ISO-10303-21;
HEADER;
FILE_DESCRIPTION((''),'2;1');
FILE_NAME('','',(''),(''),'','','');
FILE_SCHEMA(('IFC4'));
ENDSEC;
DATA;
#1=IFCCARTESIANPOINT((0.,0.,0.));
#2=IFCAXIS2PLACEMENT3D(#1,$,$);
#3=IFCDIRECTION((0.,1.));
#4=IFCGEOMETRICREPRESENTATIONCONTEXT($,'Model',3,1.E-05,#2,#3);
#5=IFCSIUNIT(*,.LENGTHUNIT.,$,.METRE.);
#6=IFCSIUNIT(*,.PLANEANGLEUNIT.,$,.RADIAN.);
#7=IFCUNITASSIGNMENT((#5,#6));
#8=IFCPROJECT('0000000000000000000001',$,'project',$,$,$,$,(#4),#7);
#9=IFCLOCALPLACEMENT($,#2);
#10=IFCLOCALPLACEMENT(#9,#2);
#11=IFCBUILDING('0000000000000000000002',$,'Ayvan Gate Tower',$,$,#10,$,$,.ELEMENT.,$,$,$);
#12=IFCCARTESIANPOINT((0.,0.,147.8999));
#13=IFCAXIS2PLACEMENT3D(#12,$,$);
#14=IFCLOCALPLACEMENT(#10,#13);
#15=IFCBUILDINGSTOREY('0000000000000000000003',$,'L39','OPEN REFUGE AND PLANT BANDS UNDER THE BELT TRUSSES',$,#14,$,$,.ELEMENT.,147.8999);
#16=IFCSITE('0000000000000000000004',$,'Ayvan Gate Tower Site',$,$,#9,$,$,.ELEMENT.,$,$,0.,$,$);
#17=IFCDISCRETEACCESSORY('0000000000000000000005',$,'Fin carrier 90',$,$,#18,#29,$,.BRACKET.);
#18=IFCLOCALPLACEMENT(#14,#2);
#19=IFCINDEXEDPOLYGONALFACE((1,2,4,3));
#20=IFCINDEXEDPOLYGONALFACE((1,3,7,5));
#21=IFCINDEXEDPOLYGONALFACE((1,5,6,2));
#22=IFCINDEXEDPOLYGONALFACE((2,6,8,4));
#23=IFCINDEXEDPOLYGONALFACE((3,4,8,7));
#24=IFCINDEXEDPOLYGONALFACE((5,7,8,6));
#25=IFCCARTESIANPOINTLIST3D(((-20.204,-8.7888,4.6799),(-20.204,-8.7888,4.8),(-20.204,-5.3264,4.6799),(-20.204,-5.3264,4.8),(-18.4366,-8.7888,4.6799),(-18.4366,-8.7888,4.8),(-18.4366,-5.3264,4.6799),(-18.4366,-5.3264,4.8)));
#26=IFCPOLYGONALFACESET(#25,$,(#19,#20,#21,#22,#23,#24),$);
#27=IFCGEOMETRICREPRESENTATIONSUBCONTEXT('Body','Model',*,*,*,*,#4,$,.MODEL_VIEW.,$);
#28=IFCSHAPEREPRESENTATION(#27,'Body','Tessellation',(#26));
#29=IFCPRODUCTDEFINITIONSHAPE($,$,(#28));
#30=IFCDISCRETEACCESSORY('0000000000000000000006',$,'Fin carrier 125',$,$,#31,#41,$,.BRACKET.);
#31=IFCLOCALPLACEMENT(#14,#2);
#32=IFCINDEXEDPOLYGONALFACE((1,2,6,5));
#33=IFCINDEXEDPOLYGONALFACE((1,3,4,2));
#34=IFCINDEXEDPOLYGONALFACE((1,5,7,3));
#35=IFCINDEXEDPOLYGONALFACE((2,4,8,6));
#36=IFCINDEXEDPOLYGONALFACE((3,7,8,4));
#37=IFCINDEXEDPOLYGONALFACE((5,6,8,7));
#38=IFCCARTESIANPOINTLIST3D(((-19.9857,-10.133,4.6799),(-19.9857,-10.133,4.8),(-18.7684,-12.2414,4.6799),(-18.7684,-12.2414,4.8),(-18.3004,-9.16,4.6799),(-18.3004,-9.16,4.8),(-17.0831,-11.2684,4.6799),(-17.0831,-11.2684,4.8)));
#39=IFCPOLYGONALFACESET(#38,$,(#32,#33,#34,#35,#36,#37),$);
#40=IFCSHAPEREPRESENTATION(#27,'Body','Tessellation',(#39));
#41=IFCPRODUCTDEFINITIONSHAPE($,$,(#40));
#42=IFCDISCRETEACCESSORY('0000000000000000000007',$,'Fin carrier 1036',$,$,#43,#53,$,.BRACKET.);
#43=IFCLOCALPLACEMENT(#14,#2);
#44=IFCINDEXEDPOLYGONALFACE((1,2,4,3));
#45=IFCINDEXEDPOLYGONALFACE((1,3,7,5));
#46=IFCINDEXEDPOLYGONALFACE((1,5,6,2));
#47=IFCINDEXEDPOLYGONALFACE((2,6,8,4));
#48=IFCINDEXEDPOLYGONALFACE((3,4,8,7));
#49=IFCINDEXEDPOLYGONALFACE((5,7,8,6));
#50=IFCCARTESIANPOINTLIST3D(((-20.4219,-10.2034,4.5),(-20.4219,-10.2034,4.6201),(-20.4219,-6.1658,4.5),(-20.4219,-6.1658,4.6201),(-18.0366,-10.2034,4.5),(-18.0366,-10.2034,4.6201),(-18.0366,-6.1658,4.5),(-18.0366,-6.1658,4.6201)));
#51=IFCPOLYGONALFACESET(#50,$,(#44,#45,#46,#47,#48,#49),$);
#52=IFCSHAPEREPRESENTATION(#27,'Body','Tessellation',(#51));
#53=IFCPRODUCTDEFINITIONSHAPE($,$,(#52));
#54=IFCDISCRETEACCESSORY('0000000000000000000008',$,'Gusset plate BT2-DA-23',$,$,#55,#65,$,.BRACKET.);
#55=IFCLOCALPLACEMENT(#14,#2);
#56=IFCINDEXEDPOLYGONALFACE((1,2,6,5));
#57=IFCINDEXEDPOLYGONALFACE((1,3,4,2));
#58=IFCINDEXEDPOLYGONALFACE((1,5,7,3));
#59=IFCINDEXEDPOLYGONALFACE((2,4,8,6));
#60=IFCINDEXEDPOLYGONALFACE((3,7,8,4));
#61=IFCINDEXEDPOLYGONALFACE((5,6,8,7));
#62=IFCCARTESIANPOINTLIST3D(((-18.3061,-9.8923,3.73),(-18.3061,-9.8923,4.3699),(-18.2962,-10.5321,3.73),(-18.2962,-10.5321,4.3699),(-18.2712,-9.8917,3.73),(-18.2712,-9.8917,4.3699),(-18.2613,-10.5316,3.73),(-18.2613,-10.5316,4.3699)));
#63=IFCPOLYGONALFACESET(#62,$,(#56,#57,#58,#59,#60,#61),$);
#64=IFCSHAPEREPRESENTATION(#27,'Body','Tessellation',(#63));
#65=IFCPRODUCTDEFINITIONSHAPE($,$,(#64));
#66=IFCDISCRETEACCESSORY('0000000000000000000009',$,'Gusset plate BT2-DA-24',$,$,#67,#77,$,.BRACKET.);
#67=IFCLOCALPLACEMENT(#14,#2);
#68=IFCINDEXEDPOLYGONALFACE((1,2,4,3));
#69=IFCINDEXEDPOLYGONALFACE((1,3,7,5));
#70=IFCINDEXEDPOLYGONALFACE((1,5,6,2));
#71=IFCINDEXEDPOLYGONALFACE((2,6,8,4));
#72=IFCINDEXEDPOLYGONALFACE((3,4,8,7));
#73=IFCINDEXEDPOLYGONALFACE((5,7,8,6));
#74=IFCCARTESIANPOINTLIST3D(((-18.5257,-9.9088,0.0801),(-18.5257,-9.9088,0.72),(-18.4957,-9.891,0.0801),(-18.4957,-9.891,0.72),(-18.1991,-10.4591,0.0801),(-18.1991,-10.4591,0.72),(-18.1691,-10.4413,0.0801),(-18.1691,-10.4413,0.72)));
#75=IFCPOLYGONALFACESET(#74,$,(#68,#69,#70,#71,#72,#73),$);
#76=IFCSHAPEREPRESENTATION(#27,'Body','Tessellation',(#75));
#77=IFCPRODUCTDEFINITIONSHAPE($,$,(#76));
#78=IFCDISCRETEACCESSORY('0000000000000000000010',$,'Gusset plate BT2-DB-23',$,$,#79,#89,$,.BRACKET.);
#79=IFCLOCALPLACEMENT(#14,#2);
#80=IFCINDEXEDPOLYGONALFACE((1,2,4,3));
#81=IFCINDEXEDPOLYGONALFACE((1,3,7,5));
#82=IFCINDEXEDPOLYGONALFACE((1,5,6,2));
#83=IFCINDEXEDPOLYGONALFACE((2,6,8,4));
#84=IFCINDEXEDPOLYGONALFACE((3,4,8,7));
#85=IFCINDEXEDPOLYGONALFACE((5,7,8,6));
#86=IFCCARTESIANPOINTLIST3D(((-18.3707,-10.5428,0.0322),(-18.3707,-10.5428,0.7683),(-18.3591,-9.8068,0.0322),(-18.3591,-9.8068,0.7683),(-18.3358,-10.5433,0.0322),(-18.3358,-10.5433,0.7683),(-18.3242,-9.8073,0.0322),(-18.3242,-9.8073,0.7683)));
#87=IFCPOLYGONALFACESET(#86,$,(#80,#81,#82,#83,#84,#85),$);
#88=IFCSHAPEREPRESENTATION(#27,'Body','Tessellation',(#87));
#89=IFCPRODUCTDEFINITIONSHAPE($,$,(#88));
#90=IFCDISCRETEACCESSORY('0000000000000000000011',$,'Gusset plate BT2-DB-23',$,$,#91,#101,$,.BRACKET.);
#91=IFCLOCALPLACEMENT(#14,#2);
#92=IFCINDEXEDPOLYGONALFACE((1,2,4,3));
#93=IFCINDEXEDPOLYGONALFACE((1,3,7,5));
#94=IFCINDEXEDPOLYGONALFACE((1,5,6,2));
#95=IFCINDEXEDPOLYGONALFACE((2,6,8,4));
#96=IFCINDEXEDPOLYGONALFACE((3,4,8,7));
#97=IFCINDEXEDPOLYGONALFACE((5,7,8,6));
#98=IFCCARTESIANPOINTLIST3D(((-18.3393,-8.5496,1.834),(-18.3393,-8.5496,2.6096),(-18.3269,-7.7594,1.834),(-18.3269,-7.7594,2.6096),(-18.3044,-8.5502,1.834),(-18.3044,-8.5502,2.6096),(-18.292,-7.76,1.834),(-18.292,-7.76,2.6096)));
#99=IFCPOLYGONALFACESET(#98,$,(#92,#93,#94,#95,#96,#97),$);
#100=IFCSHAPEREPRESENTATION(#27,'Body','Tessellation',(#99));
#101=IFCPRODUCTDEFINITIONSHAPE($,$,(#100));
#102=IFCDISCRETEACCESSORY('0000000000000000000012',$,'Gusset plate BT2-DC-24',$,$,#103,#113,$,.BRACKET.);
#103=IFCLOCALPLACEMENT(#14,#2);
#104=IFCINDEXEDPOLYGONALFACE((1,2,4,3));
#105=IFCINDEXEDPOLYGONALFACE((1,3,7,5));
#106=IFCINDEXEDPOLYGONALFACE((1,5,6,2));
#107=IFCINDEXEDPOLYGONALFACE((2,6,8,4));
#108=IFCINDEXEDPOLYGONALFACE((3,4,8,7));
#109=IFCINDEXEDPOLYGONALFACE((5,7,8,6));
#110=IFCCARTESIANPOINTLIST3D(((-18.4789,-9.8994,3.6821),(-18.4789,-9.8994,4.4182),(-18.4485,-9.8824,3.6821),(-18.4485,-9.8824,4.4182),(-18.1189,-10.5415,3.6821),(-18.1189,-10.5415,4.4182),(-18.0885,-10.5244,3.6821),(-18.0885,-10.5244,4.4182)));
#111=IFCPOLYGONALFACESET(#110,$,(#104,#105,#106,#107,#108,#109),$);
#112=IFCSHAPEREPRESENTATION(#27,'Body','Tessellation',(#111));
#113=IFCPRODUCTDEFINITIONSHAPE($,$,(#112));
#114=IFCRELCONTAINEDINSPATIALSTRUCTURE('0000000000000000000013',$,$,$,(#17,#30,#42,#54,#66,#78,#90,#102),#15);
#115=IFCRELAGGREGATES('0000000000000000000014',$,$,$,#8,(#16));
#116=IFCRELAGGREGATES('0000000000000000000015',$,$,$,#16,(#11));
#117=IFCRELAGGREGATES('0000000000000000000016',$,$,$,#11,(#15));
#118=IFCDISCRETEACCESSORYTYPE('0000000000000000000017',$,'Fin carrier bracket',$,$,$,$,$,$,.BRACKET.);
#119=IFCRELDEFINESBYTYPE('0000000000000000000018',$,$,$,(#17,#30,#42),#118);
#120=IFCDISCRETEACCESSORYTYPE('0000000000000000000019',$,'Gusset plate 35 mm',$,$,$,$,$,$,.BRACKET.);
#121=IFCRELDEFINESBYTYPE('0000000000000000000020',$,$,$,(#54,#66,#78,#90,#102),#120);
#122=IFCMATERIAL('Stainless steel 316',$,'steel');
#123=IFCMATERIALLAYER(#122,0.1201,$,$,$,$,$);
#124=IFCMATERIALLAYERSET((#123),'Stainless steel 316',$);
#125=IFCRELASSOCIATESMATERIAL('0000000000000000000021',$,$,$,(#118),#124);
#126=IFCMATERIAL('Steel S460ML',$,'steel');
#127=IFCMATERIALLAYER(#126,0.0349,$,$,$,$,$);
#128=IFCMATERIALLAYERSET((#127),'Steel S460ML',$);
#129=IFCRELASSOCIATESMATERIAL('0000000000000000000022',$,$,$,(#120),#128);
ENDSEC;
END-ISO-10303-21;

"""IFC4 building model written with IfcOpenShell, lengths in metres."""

from ifc_helpers import new_model, si_unit, direction, frame, origin, origin_2d, place, context, subcontext, project, spatial, rectangle, extrude, material, layer, layer_set, type_object, element, save


model = new_model("IFC4")

# Units and contexts
model_context = context("Model", 3, precision=1e-05, world=origin(), true_north=direction((0.0, 1.0)))
body_context = subcontext(model_context, "Body", "Model", "MODEL_VIEW")
ifc_project = project(units=[si_unit("LENGTHUNIT", "METRE"), si_unit("PLANEANGLEUNIT", "RADIAN")], contexts=[model_context])

# Site, building, storey
site_placement = place(None, origin())
site = spatial("IfcSite", under=ifc_project, at=site_placement, Name="Ayvan Gate Tower Site", CompositionType="ELEMENT", RefElevation=0.0)
building_placement = place(site_placement, origin())
building = spatial("IfcBuilding", under=site, at=building_placement, Name="Ayvan Gate Tower", CompositionType="ELEMENT")
storey_placement = place(building_placement, frame((0.0, 0.0, 147.8999)))
storey = spatial("IfcBuildingStorey", under=building, at=storey_placement, Name="L39", Description="OPEN REFUGE AND PLANT BANDS UNDER THE BELT TRUSSES", CompositionType="ELEMENT", Elevation=147.8999)

# Shared definitions
ifc_material_1 = material(Name="Steel S460ML", Category="steel")

# Discrete accessories
ifc_material_2 = material(Name="Stainless steel 316", Category="steel")
ifc_layer_1 = layer(ifc_material_2, 0.1201)
ifc_layer_set_1 = layer_set([ifc_layer_1], Name="Stainless steel 316")
discrete_accessory_type_1 = type_object("IfcDiscreteAccessoryType", Name="Fin carrier bracket", PredefinedType="BRACKET", material=ifc_layer_set_1)
discrete_accessory_1_placement = place(storey_placement, frame((-19.3203, -7.0576, 4.6799), z_axis=(0.0, 0.0, 1.0), x_axis=(0.0, -1.0, 0.0)))
element("IfcDiscreteAccessory", 1, at=discrete_accessory_1_placement, inside=storey, type_object=discrete_accessory_type_1, Name="Fin carrier 90", PredefinedType="BRACKET", context=body_context, shape_type="SweptSolid", body=[
    extrude(rectangle(XDim=3.4624, YDim=1.7673, at=origin_2d()), origin(), (0.0, 0.0, 1.0), 0.1201),
])
discrete_accessory_2_placement = place(storey_placement, frame((-18.5344, -10.7007, 4.6799), z_axis=(0.0, 0.0, 1.0), x_axis=(0.5, -0.866025, 0.0)))
element("IfcDiscreteAccessory", 2, at=discrete_accessory_2_placement, inside=storey, type_object=discrete_accessory_type_1, Name="Fin carrier 125", PredefinedType="BRACKET", context=body_context, shape_type="SweptSolid", body=[
    extrude(rectangle(XDim=2.4346, YDim=1.946, at=origin_2d()), origin(), (0.0, 0.0, 1.0), 0.1201),
])
discrete_accessory_3_placement = place(storey_placement, frame((-19.2292, -8.1846, 4.5), z_axis=(0.0, 0.0, 1.0), x_axis=(0.0, -1.0, 0.0)))
element("IfcDiscreteAccessory", 3, at=discrete_accessory_3_placement, inside=storey, type_object=discrete_accessory_type_1, Name="Fin carrier 1036", PredefinedType="BRACKET", context=body_context, shape_type="SweptSolid", body=[
    extrude(rectangle(XDim=4.0376, YDim=2.3853, at=origin_2d()), origin(), (0.0, 0.0, 1.0), 0.1201),
])
ifc_layer_2 = layer(ifc_material_1, 0.0349)
ifc_layer_set_2 = layer_set([ifc_layer_2], Name="Steel S460ML")
discrete_accessory_type_2 = type_object("IfcDiscreteAccessoryType", Name="Gusset plate 35 mm", PredefinedType="BRACKET", material=ifc_layer_set_2)
for number, where, z_axis, x_axis, name in (
    (4, (-18.2837, -10.2119, 3.73), (0.0, 0.0, 1.0), (-0.015512, 0.99988, 0.0), "Gusset plate BT2-DA-23"),
    (5, (-18.3474, -10.175, 0.0801), (0.0, 0.0, 1.0), (-0.510361, 0.85996, 0.0), "Gusset plate BT2-DA-24"),
):
    element("IfcDiscreteAccessory", number, at=place(storey_placement, frame(where, z_axis=z_axis, x_axis=x_axis)), inside=storey, type_object=discrete_accessory_type_2, Name=name, PredefinedType="BRACKET", context=body_context, shape_type="SweptSolid", body=[
        extrude(rectangle(XDim=0.6399, YDim=0.0349, at=origin_2d()), origin(), (0.0, 0.0, 1.0), 0.6399),
    ])
discrete_accessory_4_placement = place(storey_placement, frame((-18.3474, -10.175, 0.0322), z_axis=(0.0, 0.0, 1.0), x_axis=(0.015737, 0.999876, 0.0)))
element("IfcDiscreteAccessory", 6, at=discrete_accessory_4_placement, inside=storey, type_object=discrete_accessory_type_2, Name="Gusset plate BT2-DB-23", PredefinedType="BRACKET", context=body_context, shape_type="SweptSolid", body=[
    extrude(rectangle(XDim=0.7361, YDim=0.0349, at=origin_2d()), origin(), (0.0, 0.0, 1.0), 0.7361),
])
discrete_accessory_5_placement = place(storey_placement, frame((-18.3157, -8.1548, 1.834), z_axis=(0.0, 0.0, 1.0), x_axis=(0.015737, 0.999876, 0.0)))
element("IfcDiscreteAccessory", 7, at=discrete_accessory_5_placement, inside=storey, type_object=discrete_accessory_type_2, Name="Gusset plate BT2-DB-23", PredefinedType="BRACKET", context=body_context, shape_type="SweptSolid", body=[
    extrude(rectangle(XDim=0.7903, YDim=0.0349, at=origin_2d()), origin(), (0.0, 0.0, 1.0), 0.7756),
])
discrete_accessory_6_placement = place(storey_placement, frame((-18.2837, -10.2119, 3.6821), z_axis=(0.0, 0.0, 1.0), x_axis=(-0.489113, 0.87222, 0.0)))
element("IfcDiscreteAccessory", 8, at=discrete_accessory_6_placement, inside=storey, type_object=discrete_accessory_type_2, Name="Gusset plate BT2-DC-24", PredefinedType="BRACKET", context=body_context, shape_type="SweptSolid", body=[
    extrude(rectangle(XDim=0.7361, YDim=0.0349, at=origin_2d()), origin(), (0.0, 0.0, 1.0), 0.7361),
])

save(model, "model.ifc")
